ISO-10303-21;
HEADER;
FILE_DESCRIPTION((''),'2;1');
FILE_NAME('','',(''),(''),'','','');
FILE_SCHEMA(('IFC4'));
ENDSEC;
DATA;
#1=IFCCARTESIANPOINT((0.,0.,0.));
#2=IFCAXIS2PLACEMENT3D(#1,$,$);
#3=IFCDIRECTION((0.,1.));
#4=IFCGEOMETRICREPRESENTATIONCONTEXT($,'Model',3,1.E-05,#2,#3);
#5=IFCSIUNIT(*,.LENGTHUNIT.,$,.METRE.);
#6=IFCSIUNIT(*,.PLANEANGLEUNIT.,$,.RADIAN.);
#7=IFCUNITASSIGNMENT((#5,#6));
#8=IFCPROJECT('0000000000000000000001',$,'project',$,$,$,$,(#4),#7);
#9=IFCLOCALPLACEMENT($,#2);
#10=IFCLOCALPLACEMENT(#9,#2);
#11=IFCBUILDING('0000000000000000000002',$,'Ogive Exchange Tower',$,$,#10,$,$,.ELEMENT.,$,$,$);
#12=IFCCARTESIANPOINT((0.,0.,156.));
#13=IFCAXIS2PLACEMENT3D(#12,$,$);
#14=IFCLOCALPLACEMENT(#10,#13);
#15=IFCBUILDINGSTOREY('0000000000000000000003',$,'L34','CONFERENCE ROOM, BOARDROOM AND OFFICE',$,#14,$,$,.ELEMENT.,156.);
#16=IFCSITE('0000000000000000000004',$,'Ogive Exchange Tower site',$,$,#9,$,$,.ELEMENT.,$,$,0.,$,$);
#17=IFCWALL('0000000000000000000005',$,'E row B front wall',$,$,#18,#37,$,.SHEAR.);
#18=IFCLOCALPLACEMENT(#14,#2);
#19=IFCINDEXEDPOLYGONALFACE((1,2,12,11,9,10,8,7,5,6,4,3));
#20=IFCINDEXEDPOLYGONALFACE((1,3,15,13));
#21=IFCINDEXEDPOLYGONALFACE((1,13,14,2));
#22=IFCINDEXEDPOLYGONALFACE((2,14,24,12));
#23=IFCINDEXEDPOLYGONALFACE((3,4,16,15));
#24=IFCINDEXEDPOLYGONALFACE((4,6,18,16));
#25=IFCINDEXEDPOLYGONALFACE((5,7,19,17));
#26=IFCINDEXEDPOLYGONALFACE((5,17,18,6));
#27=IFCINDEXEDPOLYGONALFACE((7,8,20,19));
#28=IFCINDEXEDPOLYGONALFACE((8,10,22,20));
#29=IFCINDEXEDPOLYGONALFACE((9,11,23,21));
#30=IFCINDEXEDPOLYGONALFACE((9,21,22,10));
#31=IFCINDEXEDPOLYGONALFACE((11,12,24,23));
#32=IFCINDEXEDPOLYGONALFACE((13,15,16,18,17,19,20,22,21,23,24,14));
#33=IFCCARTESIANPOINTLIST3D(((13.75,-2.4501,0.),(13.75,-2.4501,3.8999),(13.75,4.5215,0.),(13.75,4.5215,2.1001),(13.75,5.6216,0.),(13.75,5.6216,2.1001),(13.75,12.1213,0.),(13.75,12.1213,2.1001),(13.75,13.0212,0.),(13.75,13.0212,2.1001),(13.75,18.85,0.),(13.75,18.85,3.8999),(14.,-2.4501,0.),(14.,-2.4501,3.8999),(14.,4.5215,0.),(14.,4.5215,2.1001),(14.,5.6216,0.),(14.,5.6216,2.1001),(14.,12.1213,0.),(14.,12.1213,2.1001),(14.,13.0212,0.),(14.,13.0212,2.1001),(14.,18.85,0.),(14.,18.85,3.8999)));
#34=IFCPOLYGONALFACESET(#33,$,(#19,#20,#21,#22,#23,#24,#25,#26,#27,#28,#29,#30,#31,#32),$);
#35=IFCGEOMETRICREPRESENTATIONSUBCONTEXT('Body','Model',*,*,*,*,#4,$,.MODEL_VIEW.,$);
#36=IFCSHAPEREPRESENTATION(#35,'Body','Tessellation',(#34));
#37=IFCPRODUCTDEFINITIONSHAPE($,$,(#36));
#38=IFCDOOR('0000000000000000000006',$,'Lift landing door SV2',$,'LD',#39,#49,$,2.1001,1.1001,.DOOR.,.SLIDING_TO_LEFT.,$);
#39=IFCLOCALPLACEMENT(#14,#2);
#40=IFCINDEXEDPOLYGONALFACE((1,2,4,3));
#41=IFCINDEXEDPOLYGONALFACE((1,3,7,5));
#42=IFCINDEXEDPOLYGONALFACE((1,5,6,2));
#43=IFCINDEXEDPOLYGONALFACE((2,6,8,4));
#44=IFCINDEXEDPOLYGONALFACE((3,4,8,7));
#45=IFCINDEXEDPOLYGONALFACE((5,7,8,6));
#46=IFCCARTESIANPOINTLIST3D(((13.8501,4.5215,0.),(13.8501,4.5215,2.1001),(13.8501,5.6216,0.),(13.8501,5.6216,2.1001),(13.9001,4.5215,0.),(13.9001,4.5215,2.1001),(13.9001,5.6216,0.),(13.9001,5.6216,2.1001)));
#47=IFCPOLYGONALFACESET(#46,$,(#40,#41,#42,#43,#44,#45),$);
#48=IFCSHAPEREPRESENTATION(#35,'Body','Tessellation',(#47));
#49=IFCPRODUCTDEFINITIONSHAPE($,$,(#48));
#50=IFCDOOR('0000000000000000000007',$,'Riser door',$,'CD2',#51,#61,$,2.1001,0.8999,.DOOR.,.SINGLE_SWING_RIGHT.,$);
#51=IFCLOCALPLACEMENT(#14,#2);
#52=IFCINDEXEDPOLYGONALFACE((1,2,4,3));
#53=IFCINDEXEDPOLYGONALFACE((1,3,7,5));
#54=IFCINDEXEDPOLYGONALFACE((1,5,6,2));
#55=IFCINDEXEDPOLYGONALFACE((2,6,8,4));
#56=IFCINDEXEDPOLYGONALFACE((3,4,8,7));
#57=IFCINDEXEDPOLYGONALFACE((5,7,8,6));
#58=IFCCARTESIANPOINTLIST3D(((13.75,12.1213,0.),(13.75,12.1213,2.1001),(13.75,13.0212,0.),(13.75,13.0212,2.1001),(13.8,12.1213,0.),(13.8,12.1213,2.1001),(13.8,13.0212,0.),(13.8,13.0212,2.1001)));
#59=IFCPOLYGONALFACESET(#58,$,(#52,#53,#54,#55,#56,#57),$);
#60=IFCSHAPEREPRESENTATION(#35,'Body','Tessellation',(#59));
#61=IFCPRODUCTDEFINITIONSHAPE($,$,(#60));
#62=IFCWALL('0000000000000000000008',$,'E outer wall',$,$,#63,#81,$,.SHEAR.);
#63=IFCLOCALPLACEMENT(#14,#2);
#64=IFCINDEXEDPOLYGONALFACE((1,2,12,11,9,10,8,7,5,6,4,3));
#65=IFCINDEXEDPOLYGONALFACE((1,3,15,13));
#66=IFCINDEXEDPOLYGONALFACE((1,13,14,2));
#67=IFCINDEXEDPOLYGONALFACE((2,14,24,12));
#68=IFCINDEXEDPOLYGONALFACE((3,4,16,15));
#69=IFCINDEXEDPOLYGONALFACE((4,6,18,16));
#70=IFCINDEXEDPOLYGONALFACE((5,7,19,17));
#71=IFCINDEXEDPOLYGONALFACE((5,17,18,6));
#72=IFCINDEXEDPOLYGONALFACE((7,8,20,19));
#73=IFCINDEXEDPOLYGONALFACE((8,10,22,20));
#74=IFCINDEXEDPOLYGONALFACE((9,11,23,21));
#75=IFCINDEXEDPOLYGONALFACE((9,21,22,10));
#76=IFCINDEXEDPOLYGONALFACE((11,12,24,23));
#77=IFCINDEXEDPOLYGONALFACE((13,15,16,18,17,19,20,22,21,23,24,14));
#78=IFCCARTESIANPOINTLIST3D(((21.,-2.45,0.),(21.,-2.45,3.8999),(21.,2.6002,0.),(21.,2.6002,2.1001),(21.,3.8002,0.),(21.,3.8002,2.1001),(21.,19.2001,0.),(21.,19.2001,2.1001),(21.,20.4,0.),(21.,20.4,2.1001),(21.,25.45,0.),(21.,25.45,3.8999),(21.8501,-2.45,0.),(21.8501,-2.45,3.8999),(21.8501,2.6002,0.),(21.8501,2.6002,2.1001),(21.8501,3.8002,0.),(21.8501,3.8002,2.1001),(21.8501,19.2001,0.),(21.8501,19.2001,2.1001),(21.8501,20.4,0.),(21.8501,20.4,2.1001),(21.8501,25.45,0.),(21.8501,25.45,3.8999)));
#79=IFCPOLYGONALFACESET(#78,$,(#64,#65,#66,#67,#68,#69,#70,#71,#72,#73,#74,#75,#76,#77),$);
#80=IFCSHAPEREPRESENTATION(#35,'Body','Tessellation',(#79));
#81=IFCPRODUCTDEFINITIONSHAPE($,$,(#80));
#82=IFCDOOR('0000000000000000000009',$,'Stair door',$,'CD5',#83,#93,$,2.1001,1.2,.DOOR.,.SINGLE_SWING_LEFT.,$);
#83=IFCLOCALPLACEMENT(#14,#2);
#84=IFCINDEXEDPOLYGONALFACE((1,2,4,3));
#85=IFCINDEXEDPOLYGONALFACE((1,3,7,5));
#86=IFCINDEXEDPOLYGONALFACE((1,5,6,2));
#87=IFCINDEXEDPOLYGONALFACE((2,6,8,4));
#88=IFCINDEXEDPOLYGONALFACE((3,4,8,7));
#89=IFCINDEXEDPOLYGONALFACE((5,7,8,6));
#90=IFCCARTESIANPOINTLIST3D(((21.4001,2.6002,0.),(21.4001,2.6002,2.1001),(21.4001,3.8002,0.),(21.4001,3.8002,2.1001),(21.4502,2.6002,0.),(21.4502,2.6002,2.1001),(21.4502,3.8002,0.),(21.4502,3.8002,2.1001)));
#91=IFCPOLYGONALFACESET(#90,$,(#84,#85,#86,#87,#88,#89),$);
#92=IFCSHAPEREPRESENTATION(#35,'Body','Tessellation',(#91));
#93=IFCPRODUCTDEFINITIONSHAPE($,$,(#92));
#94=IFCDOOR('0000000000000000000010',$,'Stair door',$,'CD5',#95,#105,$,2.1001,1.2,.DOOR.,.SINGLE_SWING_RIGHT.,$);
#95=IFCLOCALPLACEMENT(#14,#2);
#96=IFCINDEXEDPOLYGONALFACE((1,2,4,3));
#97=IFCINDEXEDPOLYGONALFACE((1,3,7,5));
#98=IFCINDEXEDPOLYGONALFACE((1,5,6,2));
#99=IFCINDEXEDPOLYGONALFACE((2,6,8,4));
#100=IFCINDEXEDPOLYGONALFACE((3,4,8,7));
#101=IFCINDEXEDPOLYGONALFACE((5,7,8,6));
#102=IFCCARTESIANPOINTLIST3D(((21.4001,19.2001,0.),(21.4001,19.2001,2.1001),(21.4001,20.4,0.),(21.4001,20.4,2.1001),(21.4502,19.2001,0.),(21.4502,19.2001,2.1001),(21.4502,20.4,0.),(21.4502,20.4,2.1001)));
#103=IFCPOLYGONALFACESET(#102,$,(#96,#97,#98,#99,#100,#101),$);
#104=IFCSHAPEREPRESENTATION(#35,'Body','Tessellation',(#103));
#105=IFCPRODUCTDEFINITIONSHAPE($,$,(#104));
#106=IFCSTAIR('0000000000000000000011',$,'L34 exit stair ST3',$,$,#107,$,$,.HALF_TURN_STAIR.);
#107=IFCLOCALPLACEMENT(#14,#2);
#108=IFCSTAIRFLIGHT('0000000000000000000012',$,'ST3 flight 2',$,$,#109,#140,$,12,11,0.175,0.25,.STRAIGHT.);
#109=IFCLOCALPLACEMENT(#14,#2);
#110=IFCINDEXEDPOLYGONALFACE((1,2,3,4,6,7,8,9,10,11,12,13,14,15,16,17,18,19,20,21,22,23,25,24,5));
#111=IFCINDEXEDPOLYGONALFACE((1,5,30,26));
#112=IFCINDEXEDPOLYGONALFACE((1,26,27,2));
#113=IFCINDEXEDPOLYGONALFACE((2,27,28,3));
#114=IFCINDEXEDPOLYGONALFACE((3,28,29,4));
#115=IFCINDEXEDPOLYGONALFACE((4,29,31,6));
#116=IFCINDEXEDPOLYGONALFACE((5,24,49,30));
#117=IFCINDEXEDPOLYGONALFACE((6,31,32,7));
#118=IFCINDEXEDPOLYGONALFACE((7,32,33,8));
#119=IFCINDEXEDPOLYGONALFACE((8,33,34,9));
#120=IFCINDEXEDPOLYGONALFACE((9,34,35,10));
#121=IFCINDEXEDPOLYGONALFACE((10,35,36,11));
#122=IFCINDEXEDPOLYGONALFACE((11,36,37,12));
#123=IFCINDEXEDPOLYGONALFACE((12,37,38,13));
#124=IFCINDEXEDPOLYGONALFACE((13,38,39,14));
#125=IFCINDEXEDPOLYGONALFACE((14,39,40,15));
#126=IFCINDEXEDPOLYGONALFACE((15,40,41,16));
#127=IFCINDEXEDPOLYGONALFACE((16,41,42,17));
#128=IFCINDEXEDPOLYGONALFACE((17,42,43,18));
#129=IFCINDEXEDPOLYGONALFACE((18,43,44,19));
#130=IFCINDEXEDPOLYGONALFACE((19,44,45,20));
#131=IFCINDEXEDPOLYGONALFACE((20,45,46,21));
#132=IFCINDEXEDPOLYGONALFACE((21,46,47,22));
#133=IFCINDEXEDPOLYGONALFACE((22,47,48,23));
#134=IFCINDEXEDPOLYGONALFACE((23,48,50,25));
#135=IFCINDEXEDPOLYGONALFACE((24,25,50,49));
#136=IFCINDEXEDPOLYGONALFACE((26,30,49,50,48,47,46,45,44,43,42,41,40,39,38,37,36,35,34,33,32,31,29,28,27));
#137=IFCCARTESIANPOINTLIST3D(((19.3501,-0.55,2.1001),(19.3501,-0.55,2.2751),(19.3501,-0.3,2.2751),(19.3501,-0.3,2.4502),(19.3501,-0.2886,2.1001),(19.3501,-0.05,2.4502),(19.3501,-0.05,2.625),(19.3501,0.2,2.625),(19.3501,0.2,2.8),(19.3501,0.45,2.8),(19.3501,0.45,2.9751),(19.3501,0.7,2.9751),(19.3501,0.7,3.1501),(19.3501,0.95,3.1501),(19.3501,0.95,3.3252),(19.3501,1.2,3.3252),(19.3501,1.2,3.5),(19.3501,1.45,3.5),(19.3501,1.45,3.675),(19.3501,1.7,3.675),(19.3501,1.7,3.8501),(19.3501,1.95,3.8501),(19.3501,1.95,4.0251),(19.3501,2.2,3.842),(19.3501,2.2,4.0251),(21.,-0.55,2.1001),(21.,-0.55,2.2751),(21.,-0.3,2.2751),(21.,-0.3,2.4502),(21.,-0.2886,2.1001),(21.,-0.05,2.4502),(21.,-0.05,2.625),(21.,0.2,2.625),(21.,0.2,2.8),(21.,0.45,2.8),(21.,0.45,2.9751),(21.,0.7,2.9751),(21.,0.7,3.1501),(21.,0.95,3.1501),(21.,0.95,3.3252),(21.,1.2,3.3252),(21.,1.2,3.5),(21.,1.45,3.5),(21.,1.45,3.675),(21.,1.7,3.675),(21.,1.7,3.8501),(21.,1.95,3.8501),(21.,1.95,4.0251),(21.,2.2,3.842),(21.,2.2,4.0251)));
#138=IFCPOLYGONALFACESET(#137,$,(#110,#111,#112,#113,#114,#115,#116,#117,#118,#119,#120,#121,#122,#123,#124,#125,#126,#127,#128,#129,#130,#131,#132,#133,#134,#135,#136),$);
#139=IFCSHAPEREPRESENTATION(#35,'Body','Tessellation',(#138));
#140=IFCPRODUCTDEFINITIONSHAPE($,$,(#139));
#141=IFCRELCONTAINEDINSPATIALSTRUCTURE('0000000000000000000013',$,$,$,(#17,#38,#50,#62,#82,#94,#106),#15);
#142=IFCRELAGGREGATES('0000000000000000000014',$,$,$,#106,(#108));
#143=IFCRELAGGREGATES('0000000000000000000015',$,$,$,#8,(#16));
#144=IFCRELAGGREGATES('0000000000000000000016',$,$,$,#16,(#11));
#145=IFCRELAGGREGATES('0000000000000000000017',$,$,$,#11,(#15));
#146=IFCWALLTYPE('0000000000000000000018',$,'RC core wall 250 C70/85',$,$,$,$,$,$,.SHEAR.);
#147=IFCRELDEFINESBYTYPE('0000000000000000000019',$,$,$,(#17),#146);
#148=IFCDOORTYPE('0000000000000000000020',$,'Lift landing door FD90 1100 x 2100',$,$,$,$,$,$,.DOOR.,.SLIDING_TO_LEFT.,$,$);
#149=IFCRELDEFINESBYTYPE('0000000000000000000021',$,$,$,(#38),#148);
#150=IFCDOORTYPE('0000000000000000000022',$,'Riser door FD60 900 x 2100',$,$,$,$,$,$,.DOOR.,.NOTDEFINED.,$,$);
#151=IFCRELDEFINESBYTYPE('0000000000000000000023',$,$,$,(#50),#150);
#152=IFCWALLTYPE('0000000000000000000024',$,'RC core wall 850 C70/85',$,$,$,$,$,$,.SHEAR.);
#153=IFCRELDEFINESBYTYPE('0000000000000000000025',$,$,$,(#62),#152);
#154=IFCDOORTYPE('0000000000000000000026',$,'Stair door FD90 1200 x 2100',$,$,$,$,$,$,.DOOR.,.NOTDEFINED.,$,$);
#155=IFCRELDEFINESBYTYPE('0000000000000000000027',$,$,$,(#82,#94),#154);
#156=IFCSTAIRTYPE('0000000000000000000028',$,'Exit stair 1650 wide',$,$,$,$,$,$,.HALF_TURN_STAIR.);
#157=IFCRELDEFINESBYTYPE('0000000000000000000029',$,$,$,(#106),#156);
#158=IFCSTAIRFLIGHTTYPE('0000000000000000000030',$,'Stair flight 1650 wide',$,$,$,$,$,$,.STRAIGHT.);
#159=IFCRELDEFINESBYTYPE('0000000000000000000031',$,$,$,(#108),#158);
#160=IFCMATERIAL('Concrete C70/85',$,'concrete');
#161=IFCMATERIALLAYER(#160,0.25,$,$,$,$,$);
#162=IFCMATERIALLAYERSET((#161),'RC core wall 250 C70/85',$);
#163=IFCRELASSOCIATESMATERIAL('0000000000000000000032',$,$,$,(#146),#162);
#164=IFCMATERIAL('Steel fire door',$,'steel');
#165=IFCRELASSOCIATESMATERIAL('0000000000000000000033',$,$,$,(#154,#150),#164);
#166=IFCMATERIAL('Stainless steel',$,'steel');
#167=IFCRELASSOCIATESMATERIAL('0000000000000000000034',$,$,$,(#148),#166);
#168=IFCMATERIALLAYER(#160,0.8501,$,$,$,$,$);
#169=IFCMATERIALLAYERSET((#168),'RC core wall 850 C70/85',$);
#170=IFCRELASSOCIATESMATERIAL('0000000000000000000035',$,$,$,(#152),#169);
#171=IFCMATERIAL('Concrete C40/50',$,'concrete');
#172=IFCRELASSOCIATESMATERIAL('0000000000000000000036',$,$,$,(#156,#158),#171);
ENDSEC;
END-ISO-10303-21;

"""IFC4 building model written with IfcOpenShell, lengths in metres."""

from ifc_helpers import new_model, si_unit, direction, frame, frame_2d, origin, place, context, subcontext, project, spatial, polyline, rectangle, outline, extrude, material, layer, layer_set, type_object, element, fill, aggregate, save


model = new_model("IFC4")

# Units and contexts
model_context = context("Model", 3, precision=1e-05, world=origin(), true_north=direction((0.0, 1.0)))
body_context = subcontext(model_context, "Body", "Model", "MODEL_VIEW")
ifc_project = project(units=[si_unit("LENGTHUNIT", "METRE"), si_unit("PLANEANGLEUNIT", "RADIAN")], contexts=[model_context])

# Site, building, storey
site_placement = place(None, origin())
site = spatial("IfcSite", under=ifc_project, at=site_placement, Name="Ogive Exchange Tower site", CompositionType="ELEMENT", RefElevation=0.0)
building_placement = place(site_placement, origin())
building = spatial("IfcBuilding", under=site, at=building_placement, Name="Ogive Exchange Tower", CompositionType="ELEMENT")
storey_placement = place(building_placement, frame((0.0, 0.0, 156.0)))
storey = spatial("IfcBuildingStorey", under=building, at=storey_placement, Name="L34", Description="CONFERENCE ROOM, BOARDROOM AND OFFICE", CompositionType="ELEMENT", Elevation=156.0)

# Shared definitions
ifc_material_1 = material(Name="Concrete C70/85", Category="concrete")
ifc_layer_1 = layer(ifc_material_1, 0.25)
ifc_layer_set_1 = layer_set([ifc_layer_1], Name="RC core wall 250 C70/85")
wall_type_1 = type_object("IfcWallType", Name="RC core wall 250 C70/85", PredefinedType="SHEAR", material=ifc_layer_set_1)
ifc_material_2 = material(Name="Steel fire door", Category="steel")
door_type_1 = type_object("IfcDoorType", Name="Stair door FD90 1200 x 2100", OperationType="NOTDEFINED", PredefinedType="DOOR", material=ifc_material_2)

# Walls, openings, doors
wall_1_placement = place(storey_placement, frame((13.875, -2.45, 0.0), z_axis=(0.0, 0.0, 1.0), x_axis=(0.0, 1.0, 0.0)))
wall_1 = element("IfcWall", 1, at=wall_1_placement, inside=storey, type_object=wall_type_1, Name="E row B front wall", PredefinedType="SHEAR", context=body_context, shape_type="SweptSolid", body=[
    extrude(rectangle(XDim=21.3, YDim=0.25, at=frame_2d((10.6499, 0.0))), origin(), (0.0, 0.0, 1.0), 3.8999),
])
opening_1_placement = place(wall_1_placement, frame((14.5713, 0.0, 0.0)))
opening_1 = element("IfcOpeningElement", 2, at=opening_1_placement, cuts=wall_1, PredefinedType="OPENING", context=body_context, shape_type="SweptSolid", body=[
    extrude(rectangle(XDim=0.8999, YDim=2.1001, at=frame_2d((0.45, 1.05))), frame((0.0, 0.135, 0.0), z_axis=(0.0, -1.0, 0.0), x_axis=(1.0, 0.0, 0.0)), (0.0, 0.0, 1.0), 0.27),
])
opening_2_placement = place(wall_1_placement, frame((6.9714, 0.0, 0.0)))
opening_2 = element("IfcOpeningElement", 3, at=opening_2_placement, cuts=wall_1, PredefinedType="OPENING", context=body_context, shape_type="SweptSolid", body=[
    extrude(rectangle(XDim=1.1001, YDim=2.1001, at=frame_2d((0.55, 1.05))), frame((0.0, 0.135, 0.0), z_axis=(0.0, -1.0, 0.0), x_axis=(1.0, 0.0, 0.0)), (0.0, 0.0, 1.0), 0.27),
])
ifc_material_3 = material(Name="Stainless steel", Category="steel")
door_type_2 = type_object("IfcDoorType", Name="Lift landing door FD90 1100 x 2100", OperationType="SLIDING_TO_LEFT", PredefinedType="DOOR", material=ifc_material_3)
door_1_placement = place(opening_2_placement, origin())
door_1 = element("IfcDoor", 4, at=door_1_placement, inside=storey, type_object=door_type_2, Name="Lift landing door SV2", ObjectType="LD", OperationType="SLIDING_TO_LEFT", OverallHeight=2.1001, OverallWidth=1.1001, PredefinedType="DOOR", context=body_context, shape_type="SweptSolid", body=[
    extrude(rectangle(XDim=1.1001, YDim=2.1001, at=frame_2d((0.55, 1.05))), frame((0.0, 0.0249, 0.0), z_axis=(0.0, -1.0, 0.0), x_axis=(1.0, 0.0, 0.0)), (0.0, 0.0, 1.0), 0.05),
])
fill(opening_2, door_1)
door_type_3 = type_object("IfcDoorType", Name="Riser door FD60 900 x 2100", OperationType="NOTDEFINED", PredefinedType="DOOR", material=ifc_material_2)
door_2_placement = place(opening_1_placement, origin())
door_2 = element("IfcDoor", 5, at=door_2_placement, inside=storey, type_object=door_type_3, Name="Riser door", ObjectType="CD2", OperationType="SINGLE_SWING_RIGHT", OverallHeight=2.1001, OverallWidth=0.8999, PredefinedType="DOOR", context=body_context, shape_type="SweptSolid", body=[
    extrude(rectangle(XDim=0.8999, YDim=2.1001, at=frame_2d((0.45, 1.05))), frame((0.0, 0.125, 0.0), z_axis=(0.0, -1.0, 0.0), x_axis=(1.0, 0.0, 0.0)), (0.0, 0.0, 1.0), 0.05),
])
fill(opening_1, door_2)
ifc_layer_2 = layer(ifc_material_1, 0.8501)
ifc_layer_set_2 = layer_set([ifc_layer_2], Name="RC core wall 850 C70/85")
wall_type_2 = type_object("IfcWallType", Name="RC core wall 850 C70/85", PredefinedType="SHEAR", material=ifc_layer_set_2)
wall_2_placement = place(storey_placement, frame((21.425, -2.45, 0.0), z_axis=(0.0, 0.0, 1.0), x_axis=(0.0, 1.0, 0.0)))
wall_2 = element("IfcWall", 6, at=wall_2_placement, inside=storey, type_object=wall_type_2, Name="E outer wall", PredefinedType="SHEAR", context=body_context, shape_type="SweptSolid", body=[
    extrude(rectangle(XDim=27.8999, YDim=0.8501, at=frame_2d((13.95, 0.0))), origin(), (0.0, 0.0, 1.0), 3.8999),
])
opening_3_placement = place(wall_2_placement, frame((5.05, 0.0, 0.0)))
opening_3 = element("IfcOpeningElement", 7, at=opening_3_placement, cuts=wall_2, PredefinedType="OPENING", context=body_context, shape_type="SweptSolid", body=[
    extrude(rectangle(XDim=1.2, YDim=2.1001, at=frame_2d((0.6001, 1.05))), frame((0.0, 0.4351, 0.0), z_axis=(0.0, -1.0, 0.0), x_axis=(1.0, 0.0, 0.0)), (0.0, 0.0, 1.0), 0.8701),
])
opening_4_placement = place(wall_2_placement, frame((21.6499, 0.0, 0.0)))
opening_4 = element("IfcOpeningElement", 8, at=opening_4_placement, cuts=wall_2, PredefinedType="OPENING", context=body_context, shape_type="SweptSolid", body=[
    extrude(rectangle(XDim=1.2, YDim=2.1001, at=frame_2d((0.6001, 1.05))), frame((0.0, 0.4351, 0.0), z_axis=(0.0, -1.0, 0.0), x_axis=(1.0, 0.0, 0.0)), (0.0, 0.0, 1.0), 0.8701),
])
door_3_placement = place(opening_3_placement, origin())
door_3 = element("IfcDoor", 9, at=door_3_placement, inside=storey, type_object=door_type_1, Name="Stair door", ObjectType="CD5", OperationType="SINGLE_SWING_LEFT", OverallHeight=2.1001, OverallWidth=1.2, PredefinedType="DOOR", context=body_context, shape_type="SweptSolid", body=[
    extrude(rectangle(XDim=1.2, YDim=2.1001, at=frame_2d((0.6001, 1.05))), frame((0.0, 0.0249, 0.0), z_axis=(0.0, -1.0, 0.0), x_axis=(1.0, 0.0, 0.0)), (0.0, 0.0, 1.0), 0.05),
])
fill(opening_3, door_3)
door_4_placement = place(opening_4_placement, origin())
door_4 = element("IfcDoor", 10, at=door_4_placement, inside=storey, type_object=door_type_1, Name="Stair door", ObjectType="CD5", OperationType="SINGLE_SWING_RIGHT", OverallHeight=2.1001, OverallWidth=1.2, PredefinedType="DOOR", context=body_context, shape_type="SweptSolid", body=[
    extrude(rectangle(XDim=1.2, YDim=2.1001, at=frame_2d((0.6001, 1.05))), frame((0.0, 0.0249, 0.0), z_axis=(0.0, -1.0, 0.0), x_axis=(1.0, 0.0, 0.0)), (0.0, 0.0, 1.0), 0.05),
])
fill(opening_4, door_4)

# Stair, stair flight
ifc_material_4 = material(Name="Concrete C40/50", Category="concrete")
stair_type = type_object("IfcStairType", Name="Exit stair 1650 wide", PredefinedType="HALF_TURN_STAIR", material=ifc_material_4)
stair_placement = place(storey_placement, origin())
stair = element("IfcStair", 11, at=stair_placement, inside=storey, type_object=stair_type, Name="L34 exit stair ST3", PredefinedType="HALF_TURN_STAIR")
stair_flight_type = type_object("IfcStairFlightType", Name="Stair flight 1650 wide", PredefinedType="STRAIGHT", material=ifc_material_4)
stair_flight_placement = place(storey_placement, frame((20.175, -0.55, 2.1001), z_axis=(0.0, 0.0, 1.0), x_axis=(0.0, 1.0, 0.0)))
stair_flight = element("IfcStairFlight", 12, at=stair_flight_placement, type_object=stair_flight_type, Name="ST3 flight 2", NumberOfRisers=12, NumberOfTreads=11, PredefinedType="STRAIGHT", RiserHeight=0.175, TreadLength=0.25, context=body_context, shape_type="SweptSolid", body=[
    extrude(outline(polyline([(0.0, 0.0), (0.0, 0.175), (0.25, 0.175), (0.25, 0.3501), (0.5, 0.3501), (0.5, 0.5249), (0.75, 0.5249), (0.75, 0.7), (1.0, 0.7), (1.0, 0.875), (1.25, 0.875), (1.25, 1.05), (1.5, 1.05), (1.5, 1.2251), (1.75, 1.2251), (1.75, 1.3999), (2.0, 1.3999), (2.0, 1.575), (2.25, 1.575), (2.25, 1.75), (2.5, 1.75), (2.5, 1.925), (2.75, 1.925), (2.75, 2.1001), (2.75, 1.7419), (0.2615, 0.0), (0.0, 0.0)])), frame((0.0, 0.825, 0.0), z_axis=(0.0, -1.0, 0.0), x_axis=(1.0, 0.0, 0.0)), (0.0, 0.0, 1.0), 1.6499),
])
aggregate(stair, [stair_flight])

save(model, "model.ifc")
